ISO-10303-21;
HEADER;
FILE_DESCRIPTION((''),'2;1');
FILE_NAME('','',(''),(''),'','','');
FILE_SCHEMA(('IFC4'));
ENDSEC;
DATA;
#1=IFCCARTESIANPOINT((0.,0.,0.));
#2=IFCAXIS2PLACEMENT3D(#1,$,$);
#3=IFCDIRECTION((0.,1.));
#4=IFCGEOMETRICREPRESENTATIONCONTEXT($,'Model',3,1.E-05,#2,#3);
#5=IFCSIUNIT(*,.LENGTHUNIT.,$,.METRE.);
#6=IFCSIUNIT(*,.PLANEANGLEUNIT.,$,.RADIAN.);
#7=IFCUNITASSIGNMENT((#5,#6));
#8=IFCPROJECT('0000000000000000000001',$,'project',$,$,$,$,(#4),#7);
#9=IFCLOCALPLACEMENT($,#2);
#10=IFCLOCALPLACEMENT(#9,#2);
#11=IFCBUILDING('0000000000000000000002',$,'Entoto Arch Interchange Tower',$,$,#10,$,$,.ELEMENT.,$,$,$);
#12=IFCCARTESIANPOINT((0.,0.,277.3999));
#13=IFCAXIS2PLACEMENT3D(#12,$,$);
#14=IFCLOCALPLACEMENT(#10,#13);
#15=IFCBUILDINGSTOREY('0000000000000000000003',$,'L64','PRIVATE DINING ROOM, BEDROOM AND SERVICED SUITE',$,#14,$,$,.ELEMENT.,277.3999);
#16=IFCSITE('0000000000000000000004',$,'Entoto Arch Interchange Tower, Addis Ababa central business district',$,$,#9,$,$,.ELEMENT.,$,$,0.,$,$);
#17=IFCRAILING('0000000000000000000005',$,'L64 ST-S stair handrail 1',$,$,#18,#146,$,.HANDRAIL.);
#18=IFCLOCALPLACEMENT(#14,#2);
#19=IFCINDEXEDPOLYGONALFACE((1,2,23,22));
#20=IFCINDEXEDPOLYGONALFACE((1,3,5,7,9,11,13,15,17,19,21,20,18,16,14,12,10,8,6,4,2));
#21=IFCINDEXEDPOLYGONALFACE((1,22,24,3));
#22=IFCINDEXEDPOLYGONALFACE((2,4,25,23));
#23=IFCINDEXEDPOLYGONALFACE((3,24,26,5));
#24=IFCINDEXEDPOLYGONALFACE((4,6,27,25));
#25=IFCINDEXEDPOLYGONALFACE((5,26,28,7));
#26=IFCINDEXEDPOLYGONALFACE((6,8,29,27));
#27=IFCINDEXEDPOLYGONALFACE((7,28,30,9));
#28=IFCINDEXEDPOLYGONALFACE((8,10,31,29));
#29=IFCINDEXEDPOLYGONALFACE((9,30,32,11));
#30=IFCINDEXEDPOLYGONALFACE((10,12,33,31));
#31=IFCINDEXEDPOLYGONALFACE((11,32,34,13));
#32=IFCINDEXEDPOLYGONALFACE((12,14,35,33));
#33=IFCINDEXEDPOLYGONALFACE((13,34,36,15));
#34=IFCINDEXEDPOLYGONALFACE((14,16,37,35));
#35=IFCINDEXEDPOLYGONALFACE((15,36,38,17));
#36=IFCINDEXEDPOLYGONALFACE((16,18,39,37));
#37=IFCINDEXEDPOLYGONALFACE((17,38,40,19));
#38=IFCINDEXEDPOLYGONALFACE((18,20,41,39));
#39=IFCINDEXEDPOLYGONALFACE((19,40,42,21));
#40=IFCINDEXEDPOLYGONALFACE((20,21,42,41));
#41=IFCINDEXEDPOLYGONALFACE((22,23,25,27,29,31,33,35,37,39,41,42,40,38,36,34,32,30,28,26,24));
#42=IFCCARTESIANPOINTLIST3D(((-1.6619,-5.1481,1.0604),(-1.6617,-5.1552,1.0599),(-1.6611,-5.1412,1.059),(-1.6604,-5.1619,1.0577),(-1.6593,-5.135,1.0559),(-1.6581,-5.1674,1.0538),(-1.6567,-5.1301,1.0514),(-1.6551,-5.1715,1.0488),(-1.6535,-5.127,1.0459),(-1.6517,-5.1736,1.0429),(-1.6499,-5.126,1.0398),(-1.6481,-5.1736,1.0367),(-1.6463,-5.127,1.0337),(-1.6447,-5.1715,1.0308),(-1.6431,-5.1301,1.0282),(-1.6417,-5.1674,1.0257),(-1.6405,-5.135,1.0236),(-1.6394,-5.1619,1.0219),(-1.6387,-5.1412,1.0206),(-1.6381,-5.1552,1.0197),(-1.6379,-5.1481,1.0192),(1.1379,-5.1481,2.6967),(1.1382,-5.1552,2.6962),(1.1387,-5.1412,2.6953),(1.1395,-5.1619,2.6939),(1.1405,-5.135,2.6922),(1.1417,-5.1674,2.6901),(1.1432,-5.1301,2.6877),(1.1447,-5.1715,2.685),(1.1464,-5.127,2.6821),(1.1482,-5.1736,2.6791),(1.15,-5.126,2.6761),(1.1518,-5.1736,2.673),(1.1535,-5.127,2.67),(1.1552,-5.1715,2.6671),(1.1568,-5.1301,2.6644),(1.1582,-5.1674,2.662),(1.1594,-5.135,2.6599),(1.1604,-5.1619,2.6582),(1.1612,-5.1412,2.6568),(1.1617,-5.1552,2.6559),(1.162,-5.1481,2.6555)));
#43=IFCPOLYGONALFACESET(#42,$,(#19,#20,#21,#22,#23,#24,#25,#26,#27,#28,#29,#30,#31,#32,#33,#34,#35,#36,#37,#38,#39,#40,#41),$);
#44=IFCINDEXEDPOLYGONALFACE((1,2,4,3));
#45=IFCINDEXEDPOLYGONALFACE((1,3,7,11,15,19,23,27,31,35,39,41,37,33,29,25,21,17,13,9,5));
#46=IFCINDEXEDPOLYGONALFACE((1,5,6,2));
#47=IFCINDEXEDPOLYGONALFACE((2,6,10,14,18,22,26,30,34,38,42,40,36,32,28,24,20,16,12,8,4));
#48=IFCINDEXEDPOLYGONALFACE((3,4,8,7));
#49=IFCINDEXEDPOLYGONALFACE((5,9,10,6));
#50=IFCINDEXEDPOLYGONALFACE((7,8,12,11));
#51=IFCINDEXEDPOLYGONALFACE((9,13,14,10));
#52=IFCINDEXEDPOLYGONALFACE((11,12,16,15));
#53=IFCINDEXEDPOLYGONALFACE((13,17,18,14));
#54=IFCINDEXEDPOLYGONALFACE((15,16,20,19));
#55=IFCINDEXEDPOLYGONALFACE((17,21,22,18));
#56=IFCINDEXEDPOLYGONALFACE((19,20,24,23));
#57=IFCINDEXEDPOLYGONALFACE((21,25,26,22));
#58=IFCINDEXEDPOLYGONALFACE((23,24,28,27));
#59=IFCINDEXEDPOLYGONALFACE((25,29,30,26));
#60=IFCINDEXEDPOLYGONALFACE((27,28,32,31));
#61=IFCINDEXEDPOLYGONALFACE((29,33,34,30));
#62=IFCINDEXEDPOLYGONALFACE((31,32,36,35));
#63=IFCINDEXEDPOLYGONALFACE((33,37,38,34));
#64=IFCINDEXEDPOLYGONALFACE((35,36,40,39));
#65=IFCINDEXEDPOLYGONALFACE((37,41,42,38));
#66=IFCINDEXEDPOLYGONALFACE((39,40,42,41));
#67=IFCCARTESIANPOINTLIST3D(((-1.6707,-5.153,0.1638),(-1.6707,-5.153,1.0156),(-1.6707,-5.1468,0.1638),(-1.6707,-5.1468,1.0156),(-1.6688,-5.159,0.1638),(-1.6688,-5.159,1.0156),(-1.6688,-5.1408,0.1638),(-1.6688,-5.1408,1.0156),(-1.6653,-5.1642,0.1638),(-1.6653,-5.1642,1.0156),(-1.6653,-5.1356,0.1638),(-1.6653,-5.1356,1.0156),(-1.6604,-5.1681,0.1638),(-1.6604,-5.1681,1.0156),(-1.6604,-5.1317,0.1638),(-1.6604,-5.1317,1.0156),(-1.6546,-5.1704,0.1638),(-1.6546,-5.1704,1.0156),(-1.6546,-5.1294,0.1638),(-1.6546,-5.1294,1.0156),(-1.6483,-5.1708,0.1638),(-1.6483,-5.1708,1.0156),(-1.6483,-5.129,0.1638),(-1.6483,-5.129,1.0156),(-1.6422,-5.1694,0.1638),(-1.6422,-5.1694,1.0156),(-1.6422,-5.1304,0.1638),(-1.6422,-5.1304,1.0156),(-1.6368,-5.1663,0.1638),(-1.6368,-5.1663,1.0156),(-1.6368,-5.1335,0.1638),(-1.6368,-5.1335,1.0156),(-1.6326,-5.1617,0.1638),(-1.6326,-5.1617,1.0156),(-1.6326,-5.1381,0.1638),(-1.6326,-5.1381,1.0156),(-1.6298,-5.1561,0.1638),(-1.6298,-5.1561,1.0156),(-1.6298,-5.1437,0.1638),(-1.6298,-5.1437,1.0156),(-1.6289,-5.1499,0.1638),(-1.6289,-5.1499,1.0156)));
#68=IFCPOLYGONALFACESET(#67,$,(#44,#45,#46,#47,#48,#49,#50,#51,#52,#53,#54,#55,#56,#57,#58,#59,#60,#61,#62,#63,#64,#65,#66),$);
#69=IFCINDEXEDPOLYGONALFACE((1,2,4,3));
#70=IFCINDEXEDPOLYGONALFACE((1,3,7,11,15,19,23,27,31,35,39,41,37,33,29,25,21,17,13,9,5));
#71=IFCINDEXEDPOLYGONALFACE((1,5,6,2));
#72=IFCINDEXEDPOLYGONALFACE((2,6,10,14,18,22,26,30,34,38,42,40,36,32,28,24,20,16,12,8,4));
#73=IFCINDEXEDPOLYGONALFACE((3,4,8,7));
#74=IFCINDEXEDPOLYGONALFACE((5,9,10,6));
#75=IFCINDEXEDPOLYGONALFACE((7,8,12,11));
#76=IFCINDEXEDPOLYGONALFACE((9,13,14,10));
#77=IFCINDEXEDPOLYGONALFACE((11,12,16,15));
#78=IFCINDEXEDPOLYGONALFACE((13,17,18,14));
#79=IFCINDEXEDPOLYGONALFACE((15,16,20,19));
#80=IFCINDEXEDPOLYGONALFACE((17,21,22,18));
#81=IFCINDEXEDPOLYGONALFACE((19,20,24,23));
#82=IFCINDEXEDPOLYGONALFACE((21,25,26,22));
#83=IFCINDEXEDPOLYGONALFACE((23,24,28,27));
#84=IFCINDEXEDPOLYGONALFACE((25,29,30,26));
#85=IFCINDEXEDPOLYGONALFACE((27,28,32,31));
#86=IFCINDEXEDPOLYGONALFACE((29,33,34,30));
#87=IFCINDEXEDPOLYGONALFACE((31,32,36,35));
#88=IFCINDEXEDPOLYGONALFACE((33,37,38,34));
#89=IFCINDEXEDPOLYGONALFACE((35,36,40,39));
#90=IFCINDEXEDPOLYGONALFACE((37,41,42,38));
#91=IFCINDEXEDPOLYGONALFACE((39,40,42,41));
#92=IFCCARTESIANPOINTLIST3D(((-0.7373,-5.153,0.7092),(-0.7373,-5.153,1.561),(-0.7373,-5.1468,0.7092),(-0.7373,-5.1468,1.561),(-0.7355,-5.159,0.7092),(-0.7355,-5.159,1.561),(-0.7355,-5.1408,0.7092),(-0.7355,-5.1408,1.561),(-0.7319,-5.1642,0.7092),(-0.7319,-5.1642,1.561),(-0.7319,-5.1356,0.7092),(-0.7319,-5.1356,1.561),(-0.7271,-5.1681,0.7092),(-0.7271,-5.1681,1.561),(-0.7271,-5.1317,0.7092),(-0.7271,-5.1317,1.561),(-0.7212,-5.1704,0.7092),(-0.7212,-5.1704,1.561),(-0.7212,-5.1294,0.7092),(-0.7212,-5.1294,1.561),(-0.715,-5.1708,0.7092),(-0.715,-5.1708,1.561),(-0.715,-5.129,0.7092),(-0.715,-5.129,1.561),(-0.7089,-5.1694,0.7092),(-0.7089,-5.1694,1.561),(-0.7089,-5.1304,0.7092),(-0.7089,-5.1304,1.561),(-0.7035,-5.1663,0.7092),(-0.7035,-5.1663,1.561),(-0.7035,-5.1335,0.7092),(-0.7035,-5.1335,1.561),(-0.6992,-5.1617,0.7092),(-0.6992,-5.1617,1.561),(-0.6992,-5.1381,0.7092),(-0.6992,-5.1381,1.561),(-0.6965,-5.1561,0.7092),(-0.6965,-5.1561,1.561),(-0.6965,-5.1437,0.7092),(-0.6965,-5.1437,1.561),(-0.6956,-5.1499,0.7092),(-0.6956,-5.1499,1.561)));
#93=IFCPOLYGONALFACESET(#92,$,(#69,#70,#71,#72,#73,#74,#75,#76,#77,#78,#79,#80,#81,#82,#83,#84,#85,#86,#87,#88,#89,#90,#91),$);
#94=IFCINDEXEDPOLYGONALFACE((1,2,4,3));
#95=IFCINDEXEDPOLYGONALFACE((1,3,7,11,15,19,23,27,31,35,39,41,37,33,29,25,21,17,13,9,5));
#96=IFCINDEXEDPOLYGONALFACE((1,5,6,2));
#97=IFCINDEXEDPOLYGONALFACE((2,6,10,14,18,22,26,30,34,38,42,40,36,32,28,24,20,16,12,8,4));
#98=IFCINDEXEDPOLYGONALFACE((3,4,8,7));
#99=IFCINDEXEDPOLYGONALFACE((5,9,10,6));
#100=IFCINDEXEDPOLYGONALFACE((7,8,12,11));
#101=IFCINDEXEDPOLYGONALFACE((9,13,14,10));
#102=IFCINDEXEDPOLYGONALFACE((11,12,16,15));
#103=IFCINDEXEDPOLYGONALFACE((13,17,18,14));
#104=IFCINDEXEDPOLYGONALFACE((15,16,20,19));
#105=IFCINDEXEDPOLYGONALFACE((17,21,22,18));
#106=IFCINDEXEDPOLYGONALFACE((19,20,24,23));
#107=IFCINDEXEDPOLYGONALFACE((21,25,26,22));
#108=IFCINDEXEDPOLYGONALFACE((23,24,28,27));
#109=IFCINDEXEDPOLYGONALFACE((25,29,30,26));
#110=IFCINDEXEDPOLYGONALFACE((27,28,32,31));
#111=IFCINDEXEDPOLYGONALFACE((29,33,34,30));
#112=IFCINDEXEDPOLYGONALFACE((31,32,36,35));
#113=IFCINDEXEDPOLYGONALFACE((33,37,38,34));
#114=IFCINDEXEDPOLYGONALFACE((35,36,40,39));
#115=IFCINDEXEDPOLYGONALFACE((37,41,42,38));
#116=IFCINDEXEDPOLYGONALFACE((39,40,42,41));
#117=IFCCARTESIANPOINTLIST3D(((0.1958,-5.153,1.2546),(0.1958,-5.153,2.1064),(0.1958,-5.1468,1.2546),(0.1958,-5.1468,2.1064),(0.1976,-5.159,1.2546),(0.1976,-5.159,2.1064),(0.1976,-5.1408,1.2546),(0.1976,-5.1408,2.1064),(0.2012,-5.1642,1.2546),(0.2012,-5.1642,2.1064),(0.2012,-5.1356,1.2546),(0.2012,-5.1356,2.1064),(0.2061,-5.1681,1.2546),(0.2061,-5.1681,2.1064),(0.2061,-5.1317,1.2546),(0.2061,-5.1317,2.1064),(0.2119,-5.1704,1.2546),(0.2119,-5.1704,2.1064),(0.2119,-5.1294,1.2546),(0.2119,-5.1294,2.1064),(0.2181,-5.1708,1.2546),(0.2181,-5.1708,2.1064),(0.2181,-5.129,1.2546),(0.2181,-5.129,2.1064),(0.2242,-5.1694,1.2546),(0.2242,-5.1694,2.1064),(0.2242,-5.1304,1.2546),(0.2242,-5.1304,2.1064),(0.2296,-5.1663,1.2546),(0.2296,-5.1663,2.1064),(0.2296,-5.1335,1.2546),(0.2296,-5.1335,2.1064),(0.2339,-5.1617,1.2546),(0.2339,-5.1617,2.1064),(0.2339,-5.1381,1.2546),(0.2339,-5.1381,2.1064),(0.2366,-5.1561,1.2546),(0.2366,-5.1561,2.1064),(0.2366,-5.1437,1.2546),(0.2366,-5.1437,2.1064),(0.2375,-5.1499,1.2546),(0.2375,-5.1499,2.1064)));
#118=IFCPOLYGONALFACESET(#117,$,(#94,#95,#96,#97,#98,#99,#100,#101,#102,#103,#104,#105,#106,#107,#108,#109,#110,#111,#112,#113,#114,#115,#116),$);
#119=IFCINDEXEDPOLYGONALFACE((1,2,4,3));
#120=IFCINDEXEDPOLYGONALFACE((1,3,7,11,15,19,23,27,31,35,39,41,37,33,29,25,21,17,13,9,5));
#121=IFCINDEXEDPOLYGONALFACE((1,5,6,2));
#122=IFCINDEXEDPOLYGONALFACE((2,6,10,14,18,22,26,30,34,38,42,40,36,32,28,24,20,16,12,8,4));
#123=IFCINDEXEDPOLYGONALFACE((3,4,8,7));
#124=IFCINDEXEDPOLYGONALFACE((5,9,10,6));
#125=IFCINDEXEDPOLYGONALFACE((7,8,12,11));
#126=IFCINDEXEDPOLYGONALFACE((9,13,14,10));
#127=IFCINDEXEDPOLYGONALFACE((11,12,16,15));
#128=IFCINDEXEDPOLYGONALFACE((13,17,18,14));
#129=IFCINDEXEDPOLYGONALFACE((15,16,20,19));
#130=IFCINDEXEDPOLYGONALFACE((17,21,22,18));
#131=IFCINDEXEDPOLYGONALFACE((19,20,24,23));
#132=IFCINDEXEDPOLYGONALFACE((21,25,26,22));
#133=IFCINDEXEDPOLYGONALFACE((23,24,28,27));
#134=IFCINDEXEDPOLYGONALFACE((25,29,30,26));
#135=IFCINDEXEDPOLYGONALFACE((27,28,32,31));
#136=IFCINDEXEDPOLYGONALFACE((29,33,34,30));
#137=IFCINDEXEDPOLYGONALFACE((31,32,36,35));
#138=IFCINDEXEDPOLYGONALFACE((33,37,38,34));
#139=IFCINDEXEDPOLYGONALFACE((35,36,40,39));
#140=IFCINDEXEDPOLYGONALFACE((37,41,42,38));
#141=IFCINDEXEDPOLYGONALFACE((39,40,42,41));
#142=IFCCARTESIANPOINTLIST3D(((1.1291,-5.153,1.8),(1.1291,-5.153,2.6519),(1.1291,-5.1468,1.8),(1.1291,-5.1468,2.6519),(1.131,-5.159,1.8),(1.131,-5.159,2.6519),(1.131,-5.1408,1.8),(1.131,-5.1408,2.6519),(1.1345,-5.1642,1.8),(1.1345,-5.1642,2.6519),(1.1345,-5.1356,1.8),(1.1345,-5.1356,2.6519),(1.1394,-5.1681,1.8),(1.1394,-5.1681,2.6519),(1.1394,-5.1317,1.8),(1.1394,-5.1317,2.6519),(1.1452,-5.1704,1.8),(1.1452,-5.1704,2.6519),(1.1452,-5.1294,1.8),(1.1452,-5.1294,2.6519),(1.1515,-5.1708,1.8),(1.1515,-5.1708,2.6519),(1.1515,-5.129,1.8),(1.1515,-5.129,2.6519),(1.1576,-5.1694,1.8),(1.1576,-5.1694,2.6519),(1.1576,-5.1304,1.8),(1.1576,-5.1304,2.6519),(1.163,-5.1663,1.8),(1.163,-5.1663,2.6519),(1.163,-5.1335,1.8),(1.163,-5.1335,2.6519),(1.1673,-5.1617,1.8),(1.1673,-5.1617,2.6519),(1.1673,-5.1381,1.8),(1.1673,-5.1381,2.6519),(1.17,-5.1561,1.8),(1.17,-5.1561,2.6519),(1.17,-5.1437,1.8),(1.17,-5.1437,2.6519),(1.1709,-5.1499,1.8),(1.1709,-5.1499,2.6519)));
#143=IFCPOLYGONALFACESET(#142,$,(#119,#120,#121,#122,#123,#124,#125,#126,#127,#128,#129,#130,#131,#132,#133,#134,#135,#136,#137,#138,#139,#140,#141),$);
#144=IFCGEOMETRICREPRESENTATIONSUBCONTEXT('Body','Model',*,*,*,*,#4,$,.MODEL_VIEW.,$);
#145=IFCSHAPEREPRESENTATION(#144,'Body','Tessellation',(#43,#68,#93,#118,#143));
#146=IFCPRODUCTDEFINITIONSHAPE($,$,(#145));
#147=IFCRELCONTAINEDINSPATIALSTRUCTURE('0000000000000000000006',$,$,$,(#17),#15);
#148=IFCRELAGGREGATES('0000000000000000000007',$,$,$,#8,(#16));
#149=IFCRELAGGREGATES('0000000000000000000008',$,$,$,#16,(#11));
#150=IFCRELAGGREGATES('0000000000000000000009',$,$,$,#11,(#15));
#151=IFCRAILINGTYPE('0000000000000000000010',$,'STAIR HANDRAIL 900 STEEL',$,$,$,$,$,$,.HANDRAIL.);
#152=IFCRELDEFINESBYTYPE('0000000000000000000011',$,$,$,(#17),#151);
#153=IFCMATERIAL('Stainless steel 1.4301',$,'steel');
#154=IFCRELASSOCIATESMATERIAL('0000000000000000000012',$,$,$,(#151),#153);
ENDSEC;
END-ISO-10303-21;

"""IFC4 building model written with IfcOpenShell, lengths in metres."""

from ifc_helpers import new_model, si_unit, direction, frame, origin, origin_2d, place, context, subcontext, project, spatial, circle, extrude, material, type_object, element, save


model = new_model("IFC4")

# Units and contexts
model_context = context("Model", 3, precision=1e-05, world=origin(), true_north=direction((0.0, 1.0)))
body_context = subcontext(model_context, "Body", "Model", "MODEL_VIEW")
ifc_project = project(units=[si_unit("LENGTHUNIT", "METRE"), si_unit("PLANEANGLEUNIT", "RADIAN")], contexts=[model_context])

# Site, building, storey
site_placement = place(None, origin())
site = spatial("IfcSite", under=ifc_project, at=site_placement, Name="Entoto Arch Interchange Tower, Addis Ababa central business district", CompositionType="ELEMENT", RefElevation=0.0)
building_placement = place(site_placement, origin())
building = spatial("IfcBuilding", under=site, at=building_placement, Name="Entoto Arch Interchange Tower", CompositionType="ELEMENT")
storey_placement = place(building_placement, frame((0.0, 0.0, 277.3999)))
storey = spatial("IfcBuildingStorey", under=building, at=storey_placement, Name="L64", Description="PRIVATE DINING ROOM, BEDROOM AND SERVICED SUITE", CompositionType="ELEMENT", Elevation=277.3999)

# Railing
ifc_material_1 = material(Name="Stainless steel 1.4301", Category="steel")
railing_type_1 = type_object("IfcRailingType", Name="STAIR HANDRAIL 900 STEEL", PredefinedType="HANDRAIL", material=ifc_material_1)
railing_1_placement = place(storey_placement, frame((-1.6499, -5.1499, 0.1638)))
element("IfcRailing", 1, at=railing_1_placement, inside=storey, type_object=railing_type_1, Name="L64 ST-S stair handrail 1", PredefinedType="HANDRAIL", context=body_context, shape_type="SweptSolid", body=[
    extrude(circle(Radius=0.0239, at=origin_2d()), frame((0.0, 0.0, 0.876), z_axis=(0.863374, 0.0, 0.504564), x_axis=(0.0, 1.0, 0.0)), (0.0, 0.0, 1.0), 3.2429),
    extrude(circle(Radius=0.021, at=origin_2d()), origin(), (0.0, 0.0, 1.0), 0.8518),
    extrude(circle(Radius=0.021, at=origin_2d()), frame((0.9333, 0.0, 0.5454)), (0.0, 0.0, 1.0), 0.8518),
    extrude(circle(Radius=0.021, at=origin_2d()), frame((1.8665, 0.0, 1.0908)), (0.0, 0.0, 1.0), 0.8518),
    extrude(circle(Radius=0.021, at=origin_2d()), frame((2.7998, 0.0, 1.6362)), (0.0, 0.0, 1.0), 0.8518),
])

save(model, "model.ifc")
